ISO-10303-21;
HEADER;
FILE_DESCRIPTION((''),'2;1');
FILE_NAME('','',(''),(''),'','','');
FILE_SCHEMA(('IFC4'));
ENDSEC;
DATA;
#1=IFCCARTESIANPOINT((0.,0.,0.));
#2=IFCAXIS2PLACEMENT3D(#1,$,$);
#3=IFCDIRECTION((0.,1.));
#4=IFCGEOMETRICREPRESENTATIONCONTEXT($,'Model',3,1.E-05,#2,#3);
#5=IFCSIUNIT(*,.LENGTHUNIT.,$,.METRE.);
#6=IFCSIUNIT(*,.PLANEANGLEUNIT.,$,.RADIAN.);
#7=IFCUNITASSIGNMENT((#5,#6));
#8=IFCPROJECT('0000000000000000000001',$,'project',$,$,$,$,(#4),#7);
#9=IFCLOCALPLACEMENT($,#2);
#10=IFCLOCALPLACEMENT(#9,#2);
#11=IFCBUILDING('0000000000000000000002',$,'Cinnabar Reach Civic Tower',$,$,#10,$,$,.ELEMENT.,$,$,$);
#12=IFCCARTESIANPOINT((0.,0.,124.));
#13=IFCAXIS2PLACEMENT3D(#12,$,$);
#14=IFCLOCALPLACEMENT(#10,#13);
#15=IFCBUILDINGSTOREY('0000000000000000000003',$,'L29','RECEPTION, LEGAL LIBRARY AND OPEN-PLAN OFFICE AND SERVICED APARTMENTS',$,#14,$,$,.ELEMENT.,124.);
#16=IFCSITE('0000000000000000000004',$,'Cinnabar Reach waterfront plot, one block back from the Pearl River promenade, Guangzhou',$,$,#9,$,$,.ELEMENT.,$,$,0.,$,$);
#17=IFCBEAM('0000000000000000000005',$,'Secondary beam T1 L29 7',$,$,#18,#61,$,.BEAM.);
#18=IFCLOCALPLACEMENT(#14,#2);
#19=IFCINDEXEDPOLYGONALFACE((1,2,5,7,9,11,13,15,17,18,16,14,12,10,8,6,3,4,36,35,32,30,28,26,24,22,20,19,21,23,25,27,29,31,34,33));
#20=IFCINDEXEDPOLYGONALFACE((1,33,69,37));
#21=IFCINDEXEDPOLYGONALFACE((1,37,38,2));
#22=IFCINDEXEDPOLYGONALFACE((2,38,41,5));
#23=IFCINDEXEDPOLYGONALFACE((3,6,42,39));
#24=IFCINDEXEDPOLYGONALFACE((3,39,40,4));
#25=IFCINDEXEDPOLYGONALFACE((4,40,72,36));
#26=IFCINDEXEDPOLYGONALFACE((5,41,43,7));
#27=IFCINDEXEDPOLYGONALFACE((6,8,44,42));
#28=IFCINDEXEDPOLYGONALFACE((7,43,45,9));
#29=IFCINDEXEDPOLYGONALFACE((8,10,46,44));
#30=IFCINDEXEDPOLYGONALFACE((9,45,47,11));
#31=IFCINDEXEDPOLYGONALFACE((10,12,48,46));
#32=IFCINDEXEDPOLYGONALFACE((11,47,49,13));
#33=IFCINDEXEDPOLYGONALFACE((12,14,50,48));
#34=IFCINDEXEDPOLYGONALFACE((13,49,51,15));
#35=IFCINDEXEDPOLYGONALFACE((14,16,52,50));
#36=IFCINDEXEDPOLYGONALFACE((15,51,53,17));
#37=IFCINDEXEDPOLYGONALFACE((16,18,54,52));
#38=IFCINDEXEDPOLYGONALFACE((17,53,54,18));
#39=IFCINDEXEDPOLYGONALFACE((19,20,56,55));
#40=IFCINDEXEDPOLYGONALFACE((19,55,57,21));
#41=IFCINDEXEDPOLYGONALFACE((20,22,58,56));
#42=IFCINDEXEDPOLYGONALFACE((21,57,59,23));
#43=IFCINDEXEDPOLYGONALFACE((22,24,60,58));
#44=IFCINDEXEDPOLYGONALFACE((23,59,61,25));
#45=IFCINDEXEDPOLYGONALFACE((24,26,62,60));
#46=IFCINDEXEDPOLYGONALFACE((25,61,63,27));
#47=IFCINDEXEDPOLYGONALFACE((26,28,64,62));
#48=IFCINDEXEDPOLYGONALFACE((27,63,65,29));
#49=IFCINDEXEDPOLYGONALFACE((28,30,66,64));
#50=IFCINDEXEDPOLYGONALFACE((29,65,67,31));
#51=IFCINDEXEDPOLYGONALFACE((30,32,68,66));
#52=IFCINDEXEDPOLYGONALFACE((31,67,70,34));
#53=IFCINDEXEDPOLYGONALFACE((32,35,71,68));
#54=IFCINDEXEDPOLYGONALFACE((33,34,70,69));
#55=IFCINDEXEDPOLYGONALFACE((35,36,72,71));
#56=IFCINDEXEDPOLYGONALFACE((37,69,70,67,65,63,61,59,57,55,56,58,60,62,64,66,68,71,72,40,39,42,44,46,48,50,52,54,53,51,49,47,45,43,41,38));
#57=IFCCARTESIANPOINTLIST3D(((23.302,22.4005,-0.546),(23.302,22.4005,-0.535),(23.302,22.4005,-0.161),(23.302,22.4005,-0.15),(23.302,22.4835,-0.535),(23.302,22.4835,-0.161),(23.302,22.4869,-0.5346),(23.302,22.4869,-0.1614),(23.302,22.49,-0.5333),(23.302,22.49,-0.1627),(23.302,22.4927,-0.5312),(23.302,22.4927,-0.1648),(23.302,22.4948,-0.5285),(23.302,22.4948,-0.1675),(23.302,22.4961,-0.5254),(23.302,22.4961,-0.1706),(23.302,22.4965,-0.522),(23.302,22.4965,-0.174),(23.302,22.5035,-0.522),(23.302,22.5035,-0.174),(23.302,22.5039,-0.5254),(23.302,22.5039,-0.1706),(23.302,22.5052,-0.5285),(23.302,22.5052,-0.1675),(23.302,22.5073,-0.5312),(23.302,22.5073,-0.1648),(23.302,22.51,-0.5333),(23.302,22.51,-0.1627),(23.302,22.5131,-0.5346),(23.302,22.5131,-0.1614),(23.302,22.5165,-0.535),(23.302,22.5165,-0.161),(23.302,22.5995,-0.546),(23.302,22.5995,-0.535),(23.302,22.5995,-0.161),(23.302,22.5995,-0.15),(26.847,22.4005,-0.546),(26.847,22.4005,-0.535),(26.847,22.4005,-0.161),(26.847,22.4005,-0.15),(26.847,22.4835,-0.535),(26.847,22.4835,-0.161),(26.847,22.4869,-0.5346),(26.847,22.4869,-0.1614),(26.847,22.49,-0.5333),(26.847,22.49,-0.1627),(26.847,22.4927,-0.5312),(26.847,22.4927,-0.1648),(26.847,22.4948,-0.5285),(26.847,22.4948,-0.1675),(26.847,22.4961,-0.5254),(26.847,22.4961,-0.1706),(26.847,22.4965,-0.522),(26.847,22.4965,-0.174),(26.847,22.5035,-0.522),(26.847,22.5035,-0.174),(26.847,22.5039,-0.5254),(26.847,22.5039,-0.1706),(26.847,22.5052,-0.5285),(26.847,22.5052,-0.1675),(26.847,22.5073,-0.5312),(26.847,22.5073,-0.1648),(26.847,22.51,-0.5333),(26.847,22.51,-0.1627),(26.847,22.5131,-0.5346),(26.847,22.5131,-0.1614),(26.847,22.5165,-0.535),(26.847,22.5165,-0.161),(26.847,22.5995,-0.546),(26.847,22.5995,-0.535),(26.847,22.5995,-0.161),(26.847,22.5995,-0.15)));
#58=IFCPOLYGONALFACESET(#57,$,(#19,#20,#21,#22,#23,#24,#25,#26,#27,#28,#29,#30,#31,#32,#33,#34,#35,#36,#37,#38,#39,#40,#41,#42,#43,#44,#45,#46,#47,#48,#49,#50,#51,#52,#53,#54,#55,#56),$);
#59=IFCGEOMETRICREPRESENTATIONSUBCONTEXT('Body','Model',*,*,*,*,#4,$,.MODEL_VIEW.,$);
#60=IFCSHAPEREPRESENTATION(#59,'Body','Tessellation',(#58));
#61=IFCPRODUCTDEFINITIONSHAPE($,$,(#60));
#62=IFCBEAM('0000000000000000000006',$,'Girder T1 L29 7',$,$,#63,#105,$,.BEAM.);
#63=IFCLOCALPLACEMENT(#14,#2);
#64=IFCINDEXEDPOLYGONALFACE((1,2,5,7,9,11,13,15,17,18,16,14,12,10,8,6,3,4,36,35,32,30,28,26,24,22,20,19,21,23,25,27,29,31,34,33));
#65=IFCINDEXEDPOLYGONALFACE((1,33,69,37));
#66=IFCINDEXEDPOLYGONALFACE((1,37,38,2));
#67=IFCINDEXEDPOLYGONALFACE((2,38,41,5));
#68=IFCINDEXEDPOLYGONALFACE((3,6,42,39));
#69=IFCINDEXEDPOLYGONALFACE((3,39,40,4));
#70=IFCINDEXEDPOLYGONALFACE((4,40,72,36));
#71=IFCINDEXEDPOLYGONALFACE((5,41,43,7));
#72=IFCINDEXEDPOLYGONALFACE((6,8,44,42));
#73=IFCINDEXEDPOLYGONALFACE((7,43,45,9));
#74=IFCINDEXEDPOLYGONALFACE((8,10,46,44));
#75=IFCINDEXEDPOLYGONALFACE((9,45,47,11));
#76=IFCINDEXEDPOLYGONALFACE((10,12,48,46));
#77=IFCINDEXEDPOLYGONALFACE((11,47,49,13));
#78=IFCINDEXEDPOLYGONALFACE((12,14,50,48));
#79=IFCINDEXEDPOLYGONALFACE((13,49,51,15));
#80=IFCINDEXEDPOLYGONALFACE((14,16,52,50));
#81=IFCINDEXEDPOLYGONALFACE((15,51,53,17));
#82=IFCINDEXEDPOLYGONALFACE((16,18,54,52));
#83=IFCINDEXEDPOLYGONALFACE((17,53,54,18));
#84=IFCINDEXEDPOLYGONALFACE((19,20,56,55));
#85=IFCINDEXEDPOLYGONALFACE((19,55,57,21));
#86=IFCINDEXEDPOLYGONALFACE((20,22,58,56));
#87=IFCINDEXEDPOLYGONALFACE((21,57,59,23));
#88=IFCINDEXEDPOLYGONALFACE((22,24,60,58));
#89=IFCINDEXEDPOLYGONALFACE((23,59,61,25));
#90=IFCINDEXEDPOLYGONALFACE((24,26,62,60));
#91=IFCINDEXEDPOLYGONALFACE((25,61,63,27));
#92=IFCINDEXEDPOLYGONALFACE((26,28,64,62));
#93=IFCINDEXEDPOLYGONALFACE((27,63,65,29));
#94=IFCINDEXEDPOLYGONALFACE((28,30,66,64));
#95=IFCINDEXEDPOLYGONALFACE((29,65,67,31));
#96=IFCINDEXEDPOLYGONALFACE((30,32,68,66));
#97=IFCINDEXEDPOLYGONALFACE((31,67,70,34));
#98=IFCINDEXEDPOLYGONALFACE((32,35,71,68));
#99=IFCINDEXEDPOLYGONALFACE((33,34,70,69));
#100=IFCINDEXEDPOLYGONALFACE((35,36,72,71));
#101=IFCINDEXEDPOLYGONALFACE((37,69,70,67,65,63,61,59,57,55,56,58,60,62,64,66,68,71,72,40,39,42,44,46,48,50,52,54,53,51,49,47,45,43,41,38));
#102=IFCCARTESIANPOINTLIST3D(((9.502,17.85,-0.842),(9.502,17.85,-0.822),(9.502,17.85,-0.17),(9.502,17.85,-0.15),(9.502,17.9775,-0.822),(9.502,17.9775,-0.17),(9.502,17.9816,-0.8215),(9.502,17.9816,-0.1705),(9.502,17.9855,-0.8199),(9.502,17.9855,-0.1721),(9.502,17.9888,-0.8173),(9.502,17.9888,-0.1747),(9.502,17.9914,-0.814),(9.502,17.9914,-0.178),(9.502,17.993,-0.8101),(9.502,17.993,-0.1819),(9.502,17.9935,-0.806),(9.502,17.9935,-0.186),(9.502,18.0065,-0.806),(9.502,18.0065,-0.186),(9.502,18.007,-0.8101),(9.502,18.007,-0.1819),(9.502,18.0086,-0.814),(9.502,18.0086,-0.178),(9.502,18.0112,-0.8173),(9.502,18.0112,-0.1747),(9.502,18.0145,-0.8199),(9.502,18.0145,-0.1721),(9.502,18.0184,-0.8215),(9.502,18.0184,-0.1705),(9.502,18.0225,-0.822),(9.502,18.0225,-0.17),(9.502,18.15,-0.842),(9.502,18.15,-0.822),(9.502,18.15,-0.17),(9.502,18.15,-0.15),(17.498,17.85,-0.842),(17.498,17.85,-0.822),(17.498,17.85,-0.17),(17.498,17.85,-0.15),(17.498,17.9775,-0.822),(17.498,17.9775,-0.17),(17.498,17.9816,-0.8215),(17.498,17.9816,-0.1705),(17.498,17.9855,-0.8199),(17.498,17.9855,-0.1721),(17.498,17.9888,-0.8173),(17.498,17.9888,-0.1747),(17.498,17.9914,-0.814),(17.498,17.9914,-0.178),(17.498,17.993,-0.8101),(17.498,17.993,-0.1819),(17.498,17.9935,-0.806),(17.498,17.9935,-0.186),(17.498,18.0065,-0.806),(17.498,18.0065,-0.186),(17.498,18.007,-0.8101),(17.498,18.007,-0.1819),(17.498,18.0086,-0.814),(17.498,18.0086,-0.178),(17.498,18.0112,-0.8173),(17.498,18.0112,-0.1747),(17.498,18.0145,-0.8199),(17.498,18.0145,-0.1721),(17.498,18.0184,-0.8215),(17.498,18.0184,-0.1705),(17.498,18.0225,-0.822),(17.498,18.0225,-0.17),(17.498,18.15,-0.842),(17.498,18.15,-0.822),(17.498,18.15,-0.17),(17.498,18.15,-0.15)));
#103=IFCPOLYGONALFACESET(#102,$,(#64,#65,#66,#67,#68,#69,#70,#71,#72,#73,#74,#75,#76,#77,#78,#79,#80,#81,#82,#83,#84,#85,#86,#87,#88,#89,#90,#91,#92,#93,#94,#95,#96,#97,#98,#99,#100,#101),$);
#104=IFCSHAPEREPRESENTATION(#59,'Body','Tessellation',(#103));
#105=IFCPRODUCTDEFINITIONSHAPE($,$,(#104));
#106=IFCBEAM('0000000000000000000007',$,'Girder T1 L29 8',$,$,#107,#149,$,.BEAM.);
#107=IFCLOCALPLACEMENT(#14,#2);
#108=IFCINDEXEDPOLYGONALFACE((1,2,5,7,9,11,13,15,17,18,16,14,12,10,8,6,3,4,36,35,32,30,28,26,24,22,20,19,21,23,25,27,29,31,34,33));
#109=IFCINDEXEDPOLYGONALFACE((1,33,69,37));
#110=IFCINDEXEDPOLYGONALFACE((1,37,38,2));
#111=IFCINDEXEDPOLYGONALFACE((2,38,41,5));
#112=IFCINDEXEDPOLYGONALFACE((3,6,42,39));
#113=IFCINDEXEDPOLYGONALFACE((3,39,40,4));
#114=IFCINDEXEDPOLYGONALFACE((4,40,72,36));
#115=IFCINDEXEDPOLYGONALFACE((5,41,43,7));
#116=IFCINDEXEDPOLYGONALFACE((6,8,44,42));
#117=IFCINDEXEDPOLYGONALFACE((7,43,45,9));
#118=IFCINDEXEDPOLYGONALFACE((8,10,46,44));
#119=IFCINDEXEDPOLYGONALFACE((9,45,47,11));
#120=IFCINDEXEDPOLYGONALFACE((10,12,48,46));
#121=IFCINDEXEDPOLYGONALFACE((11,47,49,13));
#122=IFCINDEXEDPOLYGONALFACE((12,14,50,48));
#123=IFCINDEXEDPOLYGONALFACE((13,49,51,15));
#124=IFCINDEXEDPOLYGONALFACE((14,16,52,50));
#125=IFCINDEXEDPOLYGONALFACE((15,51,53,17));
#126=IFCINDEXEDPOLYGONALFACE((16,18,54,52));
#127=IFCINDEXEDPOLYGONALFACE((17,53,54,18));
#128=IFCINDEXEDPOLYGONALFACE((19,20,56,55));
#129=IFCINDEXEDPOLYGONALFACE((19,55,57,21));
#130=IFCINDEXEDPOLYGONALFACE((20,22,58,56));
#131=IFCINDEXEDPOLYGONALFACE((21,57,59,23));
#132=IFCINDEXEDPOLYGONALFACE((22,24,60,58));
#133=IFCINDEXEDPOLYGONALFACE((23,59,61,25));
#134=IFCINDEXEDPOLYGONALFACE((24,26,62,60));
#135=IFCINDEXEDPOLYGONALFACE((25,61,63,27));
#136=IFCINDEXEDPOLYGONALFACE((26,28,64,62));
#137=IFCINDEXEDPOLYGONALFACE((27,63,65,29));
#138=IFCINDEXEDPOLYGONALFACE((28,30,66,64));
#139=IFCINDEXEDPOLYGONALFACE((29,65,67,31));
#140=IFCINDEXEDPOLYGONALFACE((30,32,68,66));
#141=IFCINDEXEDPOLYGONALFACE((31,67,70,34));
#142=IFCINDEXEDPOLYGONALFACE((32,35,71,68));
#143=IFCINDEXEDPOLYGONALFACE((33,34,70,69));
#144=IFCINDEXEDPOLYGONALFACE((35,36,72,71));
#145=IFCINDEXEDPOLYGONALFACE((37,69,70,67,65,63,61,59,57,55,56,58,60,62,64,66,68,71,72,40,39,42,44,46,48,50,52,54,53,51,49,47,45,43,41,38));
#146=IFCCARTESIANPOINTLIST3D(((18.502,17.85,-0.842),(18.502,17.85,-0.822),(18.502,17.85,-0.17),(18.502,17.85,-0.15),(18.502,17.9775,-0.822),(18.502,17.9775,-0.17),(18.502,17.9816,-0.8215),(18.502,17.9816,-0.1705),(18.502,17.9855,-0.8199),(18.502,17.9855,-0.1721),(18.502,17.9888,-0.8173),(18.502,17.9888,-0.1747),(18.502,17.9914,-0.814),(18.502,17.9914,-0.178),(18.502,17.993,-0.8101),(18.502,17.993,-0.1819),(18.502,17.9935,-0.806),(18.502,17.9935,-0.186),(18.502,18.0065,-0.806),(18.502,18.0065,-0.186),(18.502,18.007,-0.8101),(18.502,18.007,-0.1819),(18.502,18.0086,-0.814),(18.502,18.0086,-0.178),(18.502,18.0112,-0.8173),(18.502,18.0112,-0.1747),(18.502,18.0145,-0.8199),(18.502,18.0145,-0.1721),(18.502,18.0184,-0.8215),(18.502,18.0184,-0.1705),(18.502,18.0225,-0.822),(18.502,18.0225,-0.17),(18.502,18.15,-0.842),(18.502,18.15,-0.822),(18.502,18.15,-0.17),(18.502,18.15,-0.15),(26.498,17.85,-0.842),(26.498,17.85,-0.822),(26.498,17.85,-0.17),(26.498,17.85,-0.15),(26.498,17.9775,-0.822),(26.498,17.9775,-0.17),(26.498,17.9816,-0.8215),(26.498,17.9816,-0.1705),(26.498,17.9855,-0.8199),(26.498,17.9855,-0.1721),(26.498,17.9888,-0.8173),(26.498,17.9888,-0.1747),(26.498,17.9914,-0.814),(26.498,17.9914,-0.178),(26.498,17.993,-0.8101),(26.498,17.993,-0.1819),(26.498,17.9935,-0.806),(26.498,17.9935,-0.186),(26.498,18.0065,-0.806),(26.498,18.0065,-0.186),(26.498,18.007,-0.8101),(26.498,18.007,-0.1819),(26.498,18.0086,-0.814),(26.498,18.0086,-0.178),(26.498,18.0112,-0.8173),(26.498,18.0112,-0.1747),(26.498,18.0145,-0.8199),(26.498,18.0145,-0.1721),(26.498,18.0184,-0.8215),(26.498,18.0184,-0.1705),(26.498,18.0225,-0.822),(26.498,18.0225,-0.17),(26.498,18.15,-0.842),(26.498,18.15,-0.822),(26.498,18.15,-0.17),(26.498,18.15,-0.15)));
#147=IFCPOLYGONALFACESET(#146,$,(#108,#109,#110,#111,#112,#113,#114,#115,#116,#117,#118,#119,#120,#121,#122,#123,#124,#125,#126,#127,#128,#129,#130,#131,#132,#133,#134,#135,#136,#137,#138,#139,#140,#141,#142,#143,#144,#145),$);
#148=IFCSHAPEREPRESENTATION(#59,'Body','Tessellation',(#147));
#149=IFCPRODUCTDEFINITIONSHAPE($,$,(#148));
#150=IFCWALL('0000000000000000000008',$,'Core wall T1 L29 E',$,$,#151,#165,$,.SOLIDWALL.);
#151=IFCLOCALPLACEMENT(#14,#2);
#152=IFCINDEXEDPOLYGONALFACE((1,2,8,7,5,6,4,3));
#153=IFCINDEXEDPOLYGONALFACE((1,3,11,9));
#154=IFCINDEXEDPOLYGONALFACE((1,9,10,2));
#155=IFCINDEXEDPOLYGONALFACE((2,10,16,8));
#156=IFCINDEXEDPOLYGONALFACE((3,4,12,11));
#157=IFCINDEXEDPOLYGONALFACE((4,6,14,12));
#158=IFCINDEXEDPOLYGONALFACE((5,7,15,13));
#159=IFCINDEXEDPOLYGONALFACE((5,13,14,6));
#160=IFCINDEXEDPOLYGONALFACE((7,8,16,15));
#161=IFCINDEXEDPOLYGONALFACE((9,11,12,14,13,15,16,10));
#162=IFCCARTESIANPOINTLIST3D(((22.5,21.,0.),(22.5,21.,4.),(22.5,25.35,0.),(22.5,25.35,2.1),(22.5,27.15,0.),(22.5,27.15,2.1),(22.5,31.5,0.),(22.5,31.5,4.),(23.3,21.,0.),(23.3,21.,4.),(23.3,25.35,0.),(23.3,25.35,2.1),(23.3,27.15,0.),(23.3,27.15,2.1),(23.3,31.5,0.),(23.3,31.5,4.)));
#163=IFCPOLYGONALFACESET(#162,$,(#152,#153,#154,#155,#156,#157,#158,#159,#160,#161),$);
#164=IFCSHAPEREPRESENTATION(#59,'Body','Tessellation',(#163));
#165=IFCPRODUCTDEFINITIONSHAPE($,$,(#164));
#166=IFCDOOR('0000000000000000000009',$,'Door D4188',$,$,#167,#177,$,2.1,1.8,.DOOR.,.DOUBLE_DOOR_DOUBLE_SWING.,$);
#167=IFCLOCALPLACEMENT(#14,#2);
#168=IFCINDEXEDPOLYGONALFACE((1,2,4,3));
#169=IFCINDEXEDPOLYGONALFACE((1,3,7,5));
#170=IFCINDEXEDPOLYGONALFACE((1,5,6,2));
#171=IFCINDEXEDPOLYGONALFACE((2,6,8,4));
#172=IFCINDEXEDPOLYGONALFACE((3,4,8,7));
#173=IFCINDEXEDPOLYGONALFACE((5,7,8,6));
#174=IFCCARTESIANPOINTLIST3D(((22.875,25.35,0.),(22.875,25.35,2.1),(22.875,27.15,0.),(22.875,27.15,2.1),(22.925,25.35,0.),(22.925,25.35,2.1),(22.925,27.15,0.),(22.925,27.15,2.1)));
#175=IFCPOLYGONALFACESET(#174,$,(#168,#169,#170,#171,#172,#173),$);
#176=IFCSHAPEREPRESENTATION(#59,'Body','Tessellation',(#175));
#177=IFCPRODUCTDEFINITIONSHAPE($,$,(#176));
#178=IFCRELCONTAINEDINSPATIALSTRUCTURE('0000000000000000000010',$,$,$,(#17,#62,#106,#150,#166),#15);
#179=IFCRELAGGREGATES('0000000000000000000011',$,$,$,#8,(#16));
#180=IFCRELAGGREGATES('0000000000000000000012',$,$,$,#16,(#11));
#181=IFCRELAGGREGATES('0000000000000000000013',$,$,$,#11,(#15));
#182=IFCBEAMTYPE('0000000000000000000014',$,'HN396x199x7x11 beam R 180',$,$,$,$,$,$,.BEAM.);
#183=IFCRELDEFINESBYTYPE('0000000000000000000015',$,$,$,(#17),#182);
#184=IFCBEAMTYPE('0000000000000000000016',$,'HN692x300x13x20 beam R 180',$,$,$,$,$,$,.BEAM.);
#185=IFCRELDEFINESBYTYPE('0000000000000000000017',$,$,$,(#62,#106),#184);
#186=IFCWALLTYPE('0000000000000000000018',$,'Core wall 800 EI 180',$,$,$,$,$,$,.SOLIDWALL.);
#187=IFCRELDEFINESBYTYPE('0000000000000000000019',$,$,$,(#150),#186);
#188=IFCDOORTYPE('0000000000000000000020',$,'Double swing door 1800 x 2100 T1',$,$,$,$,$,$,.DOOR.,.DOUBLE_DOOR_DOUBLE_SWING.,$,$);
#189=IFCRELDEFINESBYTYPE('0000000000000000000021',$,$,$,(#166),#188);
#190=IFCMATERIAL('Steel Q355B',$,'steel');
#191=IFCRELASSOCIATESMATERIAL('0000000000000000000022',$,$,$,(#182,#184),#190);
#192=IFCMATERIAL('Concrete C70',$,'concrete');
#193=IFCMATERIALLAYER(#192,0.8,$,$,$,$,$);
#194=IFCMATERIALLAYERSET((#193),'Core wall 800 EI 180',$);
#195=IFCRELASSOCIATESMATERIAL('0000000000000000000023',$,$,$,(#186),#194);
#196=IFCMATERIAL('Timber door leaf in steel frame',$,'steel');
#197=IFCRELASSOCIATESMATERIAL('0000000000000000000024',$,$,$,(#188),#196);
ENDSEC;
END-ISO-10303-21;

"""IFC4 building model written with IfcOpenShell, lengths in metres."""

from ifc_helpers import new_model, si_unit, direction, frame, frame_2d, origin, origin_2d, place, context, subcontext, project, spatial, rectangle, i_section, extrude, material, layer, layer_set, material_profile, profile_set, type_object, element, fill, save


model = new_model("IFC4")

# Units and contexts
model_context = context("Model", 3, precision=1e-05, world=origin(), true_north=direction((0.0, 1.0)))
body_context = subcontext(model_context, "Body", "Model", "MODEL_VIEW")
ifc_project = project(units=[si_unit("LENGTHUNIT", "METRE"), si_unit("PLANEANGLEUNIT", "RADIAN")], contexts=[model_context])

# Site, building, storey
site_placement = place(None, origin())
site = spatial("IfcSite", under=ifc_project, at=site_placement, Name="Cinnabar Reach waterfront plot, one block back from the Pearl River promenade, Guangzhou", CompositionType="ELEMENT", RefElevation=0.0)
building_placement = place(site_placement, origin())
building = spatial("IfcBuilding", under=site, at=building_placement, Name="Cinnabar Reach Civic Tower", CompositionType="ELEMENT")
storey_placement = place(building_placement, frame((0.0, 0.0, 124.0)))
storey = spatial("IfcBuildingStorey", under=building, at=storey_placement, Name="L29", Description="RECEPTION, LEGAL LIBRARY AND OPEN-PLAN OFFICE AND SERVICED APARTMENTS", CompositionType="ELEMENT", Elevation=124.0)

# Shared definitions
ifc_material_1 = material(Name="Concrete C70", Category="concrete")

# Beams
ifc_material_2 = material(Name="Steel Q355B", Category="steel")
ifc_material_profile_1 = material_profile(ifc_material_2, i_section(OverallWidth=0.199, OverallDepth=0.396, WebThickness=0.007, FlangeThickness=0.011, FilletRadius=0.013, at=origin_2d()), Name="HN396x199x7x11")
ifc_profile_set_1 = profile_set([ifc_material_profile_1], Name="Steel Q355B")
beam_type_1 = type_object("IfcBeamType", Name="HN396x199x7x11 beam R 180", PredefinedType="BEAM", material=ifc_profile_set_1)
beam_1_placement = place(storey_placement, frame((23.302, 22.5, -0.348), z_axis=(1.0, 0.0, 0.0), x_axis=(0.0, 1.0, 0.0)))
element("IfcBeam", 1, at=beam_1_placement, inside=storey, type_object=beam_type_1, Name="Secondary beam T1 L29 7", PredefinedType="BEAM", context=body_context, shape_type="SweptSolid", body=[
    extrude(i_section(OverallWidth=0.199, OverallDepth=0.396, WebThickness=0.007, FlangeThickness=0.011, FilletRadius=0.013, at=origin_2d()), origin(), (0.0, 0.0, 1.0), 3.545),
])
ifc_material_profile_2 = material_profile(ifc_material_2, i_section(OverallWidth=0.3, OverallDepth=0.692, WebThickness=0.013, FlangeThickness=0.02, FilletRadius=0.016, at=origin_2d()), Name="HN692x300x13x20")
ifc_profile_set_2 = profile_set([ifc_material_profile_2], Name="Steel Q355B")
beam_type_2 = type_object("IfcBeamType", Name="HN692x300x13x20 beam R 180", PredefinedType="BEAM", material=ifc_profile_set_2)
for number, where, z_axis, x_axis, name in (
    (2, (9.502, 18.0, -0.496), (1.0, 0.0, 0.0), (0.0, 1.0, 0.0), "Girder T1 L29 7"),
    (3, (18.502, 18.0, -0.496), (1.0, 0.0, 0.0), (0.0, 1.0, 0.0), "Girder T1 L29 8"),
):
    element("IfcBeam", number, at=place(storey_placement, frame(where, z_axis=z_axis, x_axis=x_axis)), inside=storey, type_object=beam_type_2, Name=name, PredefinedType="BEAM", context=body_context, shape_type="SweptSolid", body=[
        extrude(i_section(OverallWidth=0.3, OverallDepth=0.692, WebThickness=0.013, FlangeThickness=0.02, FilletRadius=0.016, at=origin_2d()), origin(), (0.0, 0.0, 1.0), 7.996),
    ])

# Wall, opening, door
ifc_layer_1 = layer(ifc_material_1, 0.8)
ifc_layer_set_1 = layer_set([ifc_layer_1], Name="Core wall 800 EI 180")
wall_type_1 = type_object("IfcWallType", Name="Core wall 800 EI 180", PredefinedType="SOLIDWALL", material=ifc_layer_set_1)
wall_1_placement = place(storey_placement, frame((22.9, 21.0, 0.0), z_axis=(0.0, 0.0, 1.0), x_axis=(0.0, 1.0, 0.0)))
wall_1 = element("IfcWall", 4, at=wall_1_placement, inside=storey, type_object=wall_type_1, Name="Core wall T1 L29 E", PredefinedType="SOLIDWALL", context=body_context, shape_type="SweptSolid", body=[
    extrude(rectangle(XDim=10.5, YDim=0.8, at=frame_2d((5.25, 0.0))), origin(), (0.0, 0.0, 1.0), 4.0),
])
opening_1_placement = place(wall_1_placement, frame((4.35, 0.0, 0.0)))
opening_1 = element("IfcOpeningElement", 5, at=opening_1_placement, cuts=wall_1, PredefinedType="OPENING", context=body_context, shape_type="SweptSolid", body=[
    extrude(rectangle(XDim=1.8, YDim=2.1, at=frame_2d((0.9, 1.05))), frame((0.0, 0.41, 0.0), z_axis=(0.0, -1.0, 0.0), x_axis=(1.0, 0.0, 0.0)), (0.0, 0.0, 1.0), 0.82),
])
ifc_material_3 = material(Name="Timber door leaf in steel frame", Category="steel")
door_type_1 = type_object("IfcDoorType", Name="Double swing door 1800 x 2100 T1", OperationType="DOUBLE_DOOR_DOUBLE_SWING", PredefinedType="DOOR", material=ifc_material_3)
door_1_placement = place(opening_1_placement, origin())
door_1 = element("IfcDoor", 6, at=door_1_placement, inside=storey, type_object=door_type_1, Name="Door D4188", OperationType="DOUBLE_DOOR_DOUBLE_SWING", OverallHeight=2.1, OverallWidth=1.8, PredefinedType="DOOR", context=body_context, shape_type="SweptSolid", body=[
    extrude(rectangle(XDim=1.8, YDim=2.1, at=frame_2d((0.9, 1.05))), frame((0.0, 0.025, 0.0), z_axis=(0.0, -1.0, 0.0), x_axis=(1.0, 0.0, 0.0)), (0.0, 0.0, 1.0), 0.05),
])
fill(opening_1, door_1)

save(model, "model.ifc")
